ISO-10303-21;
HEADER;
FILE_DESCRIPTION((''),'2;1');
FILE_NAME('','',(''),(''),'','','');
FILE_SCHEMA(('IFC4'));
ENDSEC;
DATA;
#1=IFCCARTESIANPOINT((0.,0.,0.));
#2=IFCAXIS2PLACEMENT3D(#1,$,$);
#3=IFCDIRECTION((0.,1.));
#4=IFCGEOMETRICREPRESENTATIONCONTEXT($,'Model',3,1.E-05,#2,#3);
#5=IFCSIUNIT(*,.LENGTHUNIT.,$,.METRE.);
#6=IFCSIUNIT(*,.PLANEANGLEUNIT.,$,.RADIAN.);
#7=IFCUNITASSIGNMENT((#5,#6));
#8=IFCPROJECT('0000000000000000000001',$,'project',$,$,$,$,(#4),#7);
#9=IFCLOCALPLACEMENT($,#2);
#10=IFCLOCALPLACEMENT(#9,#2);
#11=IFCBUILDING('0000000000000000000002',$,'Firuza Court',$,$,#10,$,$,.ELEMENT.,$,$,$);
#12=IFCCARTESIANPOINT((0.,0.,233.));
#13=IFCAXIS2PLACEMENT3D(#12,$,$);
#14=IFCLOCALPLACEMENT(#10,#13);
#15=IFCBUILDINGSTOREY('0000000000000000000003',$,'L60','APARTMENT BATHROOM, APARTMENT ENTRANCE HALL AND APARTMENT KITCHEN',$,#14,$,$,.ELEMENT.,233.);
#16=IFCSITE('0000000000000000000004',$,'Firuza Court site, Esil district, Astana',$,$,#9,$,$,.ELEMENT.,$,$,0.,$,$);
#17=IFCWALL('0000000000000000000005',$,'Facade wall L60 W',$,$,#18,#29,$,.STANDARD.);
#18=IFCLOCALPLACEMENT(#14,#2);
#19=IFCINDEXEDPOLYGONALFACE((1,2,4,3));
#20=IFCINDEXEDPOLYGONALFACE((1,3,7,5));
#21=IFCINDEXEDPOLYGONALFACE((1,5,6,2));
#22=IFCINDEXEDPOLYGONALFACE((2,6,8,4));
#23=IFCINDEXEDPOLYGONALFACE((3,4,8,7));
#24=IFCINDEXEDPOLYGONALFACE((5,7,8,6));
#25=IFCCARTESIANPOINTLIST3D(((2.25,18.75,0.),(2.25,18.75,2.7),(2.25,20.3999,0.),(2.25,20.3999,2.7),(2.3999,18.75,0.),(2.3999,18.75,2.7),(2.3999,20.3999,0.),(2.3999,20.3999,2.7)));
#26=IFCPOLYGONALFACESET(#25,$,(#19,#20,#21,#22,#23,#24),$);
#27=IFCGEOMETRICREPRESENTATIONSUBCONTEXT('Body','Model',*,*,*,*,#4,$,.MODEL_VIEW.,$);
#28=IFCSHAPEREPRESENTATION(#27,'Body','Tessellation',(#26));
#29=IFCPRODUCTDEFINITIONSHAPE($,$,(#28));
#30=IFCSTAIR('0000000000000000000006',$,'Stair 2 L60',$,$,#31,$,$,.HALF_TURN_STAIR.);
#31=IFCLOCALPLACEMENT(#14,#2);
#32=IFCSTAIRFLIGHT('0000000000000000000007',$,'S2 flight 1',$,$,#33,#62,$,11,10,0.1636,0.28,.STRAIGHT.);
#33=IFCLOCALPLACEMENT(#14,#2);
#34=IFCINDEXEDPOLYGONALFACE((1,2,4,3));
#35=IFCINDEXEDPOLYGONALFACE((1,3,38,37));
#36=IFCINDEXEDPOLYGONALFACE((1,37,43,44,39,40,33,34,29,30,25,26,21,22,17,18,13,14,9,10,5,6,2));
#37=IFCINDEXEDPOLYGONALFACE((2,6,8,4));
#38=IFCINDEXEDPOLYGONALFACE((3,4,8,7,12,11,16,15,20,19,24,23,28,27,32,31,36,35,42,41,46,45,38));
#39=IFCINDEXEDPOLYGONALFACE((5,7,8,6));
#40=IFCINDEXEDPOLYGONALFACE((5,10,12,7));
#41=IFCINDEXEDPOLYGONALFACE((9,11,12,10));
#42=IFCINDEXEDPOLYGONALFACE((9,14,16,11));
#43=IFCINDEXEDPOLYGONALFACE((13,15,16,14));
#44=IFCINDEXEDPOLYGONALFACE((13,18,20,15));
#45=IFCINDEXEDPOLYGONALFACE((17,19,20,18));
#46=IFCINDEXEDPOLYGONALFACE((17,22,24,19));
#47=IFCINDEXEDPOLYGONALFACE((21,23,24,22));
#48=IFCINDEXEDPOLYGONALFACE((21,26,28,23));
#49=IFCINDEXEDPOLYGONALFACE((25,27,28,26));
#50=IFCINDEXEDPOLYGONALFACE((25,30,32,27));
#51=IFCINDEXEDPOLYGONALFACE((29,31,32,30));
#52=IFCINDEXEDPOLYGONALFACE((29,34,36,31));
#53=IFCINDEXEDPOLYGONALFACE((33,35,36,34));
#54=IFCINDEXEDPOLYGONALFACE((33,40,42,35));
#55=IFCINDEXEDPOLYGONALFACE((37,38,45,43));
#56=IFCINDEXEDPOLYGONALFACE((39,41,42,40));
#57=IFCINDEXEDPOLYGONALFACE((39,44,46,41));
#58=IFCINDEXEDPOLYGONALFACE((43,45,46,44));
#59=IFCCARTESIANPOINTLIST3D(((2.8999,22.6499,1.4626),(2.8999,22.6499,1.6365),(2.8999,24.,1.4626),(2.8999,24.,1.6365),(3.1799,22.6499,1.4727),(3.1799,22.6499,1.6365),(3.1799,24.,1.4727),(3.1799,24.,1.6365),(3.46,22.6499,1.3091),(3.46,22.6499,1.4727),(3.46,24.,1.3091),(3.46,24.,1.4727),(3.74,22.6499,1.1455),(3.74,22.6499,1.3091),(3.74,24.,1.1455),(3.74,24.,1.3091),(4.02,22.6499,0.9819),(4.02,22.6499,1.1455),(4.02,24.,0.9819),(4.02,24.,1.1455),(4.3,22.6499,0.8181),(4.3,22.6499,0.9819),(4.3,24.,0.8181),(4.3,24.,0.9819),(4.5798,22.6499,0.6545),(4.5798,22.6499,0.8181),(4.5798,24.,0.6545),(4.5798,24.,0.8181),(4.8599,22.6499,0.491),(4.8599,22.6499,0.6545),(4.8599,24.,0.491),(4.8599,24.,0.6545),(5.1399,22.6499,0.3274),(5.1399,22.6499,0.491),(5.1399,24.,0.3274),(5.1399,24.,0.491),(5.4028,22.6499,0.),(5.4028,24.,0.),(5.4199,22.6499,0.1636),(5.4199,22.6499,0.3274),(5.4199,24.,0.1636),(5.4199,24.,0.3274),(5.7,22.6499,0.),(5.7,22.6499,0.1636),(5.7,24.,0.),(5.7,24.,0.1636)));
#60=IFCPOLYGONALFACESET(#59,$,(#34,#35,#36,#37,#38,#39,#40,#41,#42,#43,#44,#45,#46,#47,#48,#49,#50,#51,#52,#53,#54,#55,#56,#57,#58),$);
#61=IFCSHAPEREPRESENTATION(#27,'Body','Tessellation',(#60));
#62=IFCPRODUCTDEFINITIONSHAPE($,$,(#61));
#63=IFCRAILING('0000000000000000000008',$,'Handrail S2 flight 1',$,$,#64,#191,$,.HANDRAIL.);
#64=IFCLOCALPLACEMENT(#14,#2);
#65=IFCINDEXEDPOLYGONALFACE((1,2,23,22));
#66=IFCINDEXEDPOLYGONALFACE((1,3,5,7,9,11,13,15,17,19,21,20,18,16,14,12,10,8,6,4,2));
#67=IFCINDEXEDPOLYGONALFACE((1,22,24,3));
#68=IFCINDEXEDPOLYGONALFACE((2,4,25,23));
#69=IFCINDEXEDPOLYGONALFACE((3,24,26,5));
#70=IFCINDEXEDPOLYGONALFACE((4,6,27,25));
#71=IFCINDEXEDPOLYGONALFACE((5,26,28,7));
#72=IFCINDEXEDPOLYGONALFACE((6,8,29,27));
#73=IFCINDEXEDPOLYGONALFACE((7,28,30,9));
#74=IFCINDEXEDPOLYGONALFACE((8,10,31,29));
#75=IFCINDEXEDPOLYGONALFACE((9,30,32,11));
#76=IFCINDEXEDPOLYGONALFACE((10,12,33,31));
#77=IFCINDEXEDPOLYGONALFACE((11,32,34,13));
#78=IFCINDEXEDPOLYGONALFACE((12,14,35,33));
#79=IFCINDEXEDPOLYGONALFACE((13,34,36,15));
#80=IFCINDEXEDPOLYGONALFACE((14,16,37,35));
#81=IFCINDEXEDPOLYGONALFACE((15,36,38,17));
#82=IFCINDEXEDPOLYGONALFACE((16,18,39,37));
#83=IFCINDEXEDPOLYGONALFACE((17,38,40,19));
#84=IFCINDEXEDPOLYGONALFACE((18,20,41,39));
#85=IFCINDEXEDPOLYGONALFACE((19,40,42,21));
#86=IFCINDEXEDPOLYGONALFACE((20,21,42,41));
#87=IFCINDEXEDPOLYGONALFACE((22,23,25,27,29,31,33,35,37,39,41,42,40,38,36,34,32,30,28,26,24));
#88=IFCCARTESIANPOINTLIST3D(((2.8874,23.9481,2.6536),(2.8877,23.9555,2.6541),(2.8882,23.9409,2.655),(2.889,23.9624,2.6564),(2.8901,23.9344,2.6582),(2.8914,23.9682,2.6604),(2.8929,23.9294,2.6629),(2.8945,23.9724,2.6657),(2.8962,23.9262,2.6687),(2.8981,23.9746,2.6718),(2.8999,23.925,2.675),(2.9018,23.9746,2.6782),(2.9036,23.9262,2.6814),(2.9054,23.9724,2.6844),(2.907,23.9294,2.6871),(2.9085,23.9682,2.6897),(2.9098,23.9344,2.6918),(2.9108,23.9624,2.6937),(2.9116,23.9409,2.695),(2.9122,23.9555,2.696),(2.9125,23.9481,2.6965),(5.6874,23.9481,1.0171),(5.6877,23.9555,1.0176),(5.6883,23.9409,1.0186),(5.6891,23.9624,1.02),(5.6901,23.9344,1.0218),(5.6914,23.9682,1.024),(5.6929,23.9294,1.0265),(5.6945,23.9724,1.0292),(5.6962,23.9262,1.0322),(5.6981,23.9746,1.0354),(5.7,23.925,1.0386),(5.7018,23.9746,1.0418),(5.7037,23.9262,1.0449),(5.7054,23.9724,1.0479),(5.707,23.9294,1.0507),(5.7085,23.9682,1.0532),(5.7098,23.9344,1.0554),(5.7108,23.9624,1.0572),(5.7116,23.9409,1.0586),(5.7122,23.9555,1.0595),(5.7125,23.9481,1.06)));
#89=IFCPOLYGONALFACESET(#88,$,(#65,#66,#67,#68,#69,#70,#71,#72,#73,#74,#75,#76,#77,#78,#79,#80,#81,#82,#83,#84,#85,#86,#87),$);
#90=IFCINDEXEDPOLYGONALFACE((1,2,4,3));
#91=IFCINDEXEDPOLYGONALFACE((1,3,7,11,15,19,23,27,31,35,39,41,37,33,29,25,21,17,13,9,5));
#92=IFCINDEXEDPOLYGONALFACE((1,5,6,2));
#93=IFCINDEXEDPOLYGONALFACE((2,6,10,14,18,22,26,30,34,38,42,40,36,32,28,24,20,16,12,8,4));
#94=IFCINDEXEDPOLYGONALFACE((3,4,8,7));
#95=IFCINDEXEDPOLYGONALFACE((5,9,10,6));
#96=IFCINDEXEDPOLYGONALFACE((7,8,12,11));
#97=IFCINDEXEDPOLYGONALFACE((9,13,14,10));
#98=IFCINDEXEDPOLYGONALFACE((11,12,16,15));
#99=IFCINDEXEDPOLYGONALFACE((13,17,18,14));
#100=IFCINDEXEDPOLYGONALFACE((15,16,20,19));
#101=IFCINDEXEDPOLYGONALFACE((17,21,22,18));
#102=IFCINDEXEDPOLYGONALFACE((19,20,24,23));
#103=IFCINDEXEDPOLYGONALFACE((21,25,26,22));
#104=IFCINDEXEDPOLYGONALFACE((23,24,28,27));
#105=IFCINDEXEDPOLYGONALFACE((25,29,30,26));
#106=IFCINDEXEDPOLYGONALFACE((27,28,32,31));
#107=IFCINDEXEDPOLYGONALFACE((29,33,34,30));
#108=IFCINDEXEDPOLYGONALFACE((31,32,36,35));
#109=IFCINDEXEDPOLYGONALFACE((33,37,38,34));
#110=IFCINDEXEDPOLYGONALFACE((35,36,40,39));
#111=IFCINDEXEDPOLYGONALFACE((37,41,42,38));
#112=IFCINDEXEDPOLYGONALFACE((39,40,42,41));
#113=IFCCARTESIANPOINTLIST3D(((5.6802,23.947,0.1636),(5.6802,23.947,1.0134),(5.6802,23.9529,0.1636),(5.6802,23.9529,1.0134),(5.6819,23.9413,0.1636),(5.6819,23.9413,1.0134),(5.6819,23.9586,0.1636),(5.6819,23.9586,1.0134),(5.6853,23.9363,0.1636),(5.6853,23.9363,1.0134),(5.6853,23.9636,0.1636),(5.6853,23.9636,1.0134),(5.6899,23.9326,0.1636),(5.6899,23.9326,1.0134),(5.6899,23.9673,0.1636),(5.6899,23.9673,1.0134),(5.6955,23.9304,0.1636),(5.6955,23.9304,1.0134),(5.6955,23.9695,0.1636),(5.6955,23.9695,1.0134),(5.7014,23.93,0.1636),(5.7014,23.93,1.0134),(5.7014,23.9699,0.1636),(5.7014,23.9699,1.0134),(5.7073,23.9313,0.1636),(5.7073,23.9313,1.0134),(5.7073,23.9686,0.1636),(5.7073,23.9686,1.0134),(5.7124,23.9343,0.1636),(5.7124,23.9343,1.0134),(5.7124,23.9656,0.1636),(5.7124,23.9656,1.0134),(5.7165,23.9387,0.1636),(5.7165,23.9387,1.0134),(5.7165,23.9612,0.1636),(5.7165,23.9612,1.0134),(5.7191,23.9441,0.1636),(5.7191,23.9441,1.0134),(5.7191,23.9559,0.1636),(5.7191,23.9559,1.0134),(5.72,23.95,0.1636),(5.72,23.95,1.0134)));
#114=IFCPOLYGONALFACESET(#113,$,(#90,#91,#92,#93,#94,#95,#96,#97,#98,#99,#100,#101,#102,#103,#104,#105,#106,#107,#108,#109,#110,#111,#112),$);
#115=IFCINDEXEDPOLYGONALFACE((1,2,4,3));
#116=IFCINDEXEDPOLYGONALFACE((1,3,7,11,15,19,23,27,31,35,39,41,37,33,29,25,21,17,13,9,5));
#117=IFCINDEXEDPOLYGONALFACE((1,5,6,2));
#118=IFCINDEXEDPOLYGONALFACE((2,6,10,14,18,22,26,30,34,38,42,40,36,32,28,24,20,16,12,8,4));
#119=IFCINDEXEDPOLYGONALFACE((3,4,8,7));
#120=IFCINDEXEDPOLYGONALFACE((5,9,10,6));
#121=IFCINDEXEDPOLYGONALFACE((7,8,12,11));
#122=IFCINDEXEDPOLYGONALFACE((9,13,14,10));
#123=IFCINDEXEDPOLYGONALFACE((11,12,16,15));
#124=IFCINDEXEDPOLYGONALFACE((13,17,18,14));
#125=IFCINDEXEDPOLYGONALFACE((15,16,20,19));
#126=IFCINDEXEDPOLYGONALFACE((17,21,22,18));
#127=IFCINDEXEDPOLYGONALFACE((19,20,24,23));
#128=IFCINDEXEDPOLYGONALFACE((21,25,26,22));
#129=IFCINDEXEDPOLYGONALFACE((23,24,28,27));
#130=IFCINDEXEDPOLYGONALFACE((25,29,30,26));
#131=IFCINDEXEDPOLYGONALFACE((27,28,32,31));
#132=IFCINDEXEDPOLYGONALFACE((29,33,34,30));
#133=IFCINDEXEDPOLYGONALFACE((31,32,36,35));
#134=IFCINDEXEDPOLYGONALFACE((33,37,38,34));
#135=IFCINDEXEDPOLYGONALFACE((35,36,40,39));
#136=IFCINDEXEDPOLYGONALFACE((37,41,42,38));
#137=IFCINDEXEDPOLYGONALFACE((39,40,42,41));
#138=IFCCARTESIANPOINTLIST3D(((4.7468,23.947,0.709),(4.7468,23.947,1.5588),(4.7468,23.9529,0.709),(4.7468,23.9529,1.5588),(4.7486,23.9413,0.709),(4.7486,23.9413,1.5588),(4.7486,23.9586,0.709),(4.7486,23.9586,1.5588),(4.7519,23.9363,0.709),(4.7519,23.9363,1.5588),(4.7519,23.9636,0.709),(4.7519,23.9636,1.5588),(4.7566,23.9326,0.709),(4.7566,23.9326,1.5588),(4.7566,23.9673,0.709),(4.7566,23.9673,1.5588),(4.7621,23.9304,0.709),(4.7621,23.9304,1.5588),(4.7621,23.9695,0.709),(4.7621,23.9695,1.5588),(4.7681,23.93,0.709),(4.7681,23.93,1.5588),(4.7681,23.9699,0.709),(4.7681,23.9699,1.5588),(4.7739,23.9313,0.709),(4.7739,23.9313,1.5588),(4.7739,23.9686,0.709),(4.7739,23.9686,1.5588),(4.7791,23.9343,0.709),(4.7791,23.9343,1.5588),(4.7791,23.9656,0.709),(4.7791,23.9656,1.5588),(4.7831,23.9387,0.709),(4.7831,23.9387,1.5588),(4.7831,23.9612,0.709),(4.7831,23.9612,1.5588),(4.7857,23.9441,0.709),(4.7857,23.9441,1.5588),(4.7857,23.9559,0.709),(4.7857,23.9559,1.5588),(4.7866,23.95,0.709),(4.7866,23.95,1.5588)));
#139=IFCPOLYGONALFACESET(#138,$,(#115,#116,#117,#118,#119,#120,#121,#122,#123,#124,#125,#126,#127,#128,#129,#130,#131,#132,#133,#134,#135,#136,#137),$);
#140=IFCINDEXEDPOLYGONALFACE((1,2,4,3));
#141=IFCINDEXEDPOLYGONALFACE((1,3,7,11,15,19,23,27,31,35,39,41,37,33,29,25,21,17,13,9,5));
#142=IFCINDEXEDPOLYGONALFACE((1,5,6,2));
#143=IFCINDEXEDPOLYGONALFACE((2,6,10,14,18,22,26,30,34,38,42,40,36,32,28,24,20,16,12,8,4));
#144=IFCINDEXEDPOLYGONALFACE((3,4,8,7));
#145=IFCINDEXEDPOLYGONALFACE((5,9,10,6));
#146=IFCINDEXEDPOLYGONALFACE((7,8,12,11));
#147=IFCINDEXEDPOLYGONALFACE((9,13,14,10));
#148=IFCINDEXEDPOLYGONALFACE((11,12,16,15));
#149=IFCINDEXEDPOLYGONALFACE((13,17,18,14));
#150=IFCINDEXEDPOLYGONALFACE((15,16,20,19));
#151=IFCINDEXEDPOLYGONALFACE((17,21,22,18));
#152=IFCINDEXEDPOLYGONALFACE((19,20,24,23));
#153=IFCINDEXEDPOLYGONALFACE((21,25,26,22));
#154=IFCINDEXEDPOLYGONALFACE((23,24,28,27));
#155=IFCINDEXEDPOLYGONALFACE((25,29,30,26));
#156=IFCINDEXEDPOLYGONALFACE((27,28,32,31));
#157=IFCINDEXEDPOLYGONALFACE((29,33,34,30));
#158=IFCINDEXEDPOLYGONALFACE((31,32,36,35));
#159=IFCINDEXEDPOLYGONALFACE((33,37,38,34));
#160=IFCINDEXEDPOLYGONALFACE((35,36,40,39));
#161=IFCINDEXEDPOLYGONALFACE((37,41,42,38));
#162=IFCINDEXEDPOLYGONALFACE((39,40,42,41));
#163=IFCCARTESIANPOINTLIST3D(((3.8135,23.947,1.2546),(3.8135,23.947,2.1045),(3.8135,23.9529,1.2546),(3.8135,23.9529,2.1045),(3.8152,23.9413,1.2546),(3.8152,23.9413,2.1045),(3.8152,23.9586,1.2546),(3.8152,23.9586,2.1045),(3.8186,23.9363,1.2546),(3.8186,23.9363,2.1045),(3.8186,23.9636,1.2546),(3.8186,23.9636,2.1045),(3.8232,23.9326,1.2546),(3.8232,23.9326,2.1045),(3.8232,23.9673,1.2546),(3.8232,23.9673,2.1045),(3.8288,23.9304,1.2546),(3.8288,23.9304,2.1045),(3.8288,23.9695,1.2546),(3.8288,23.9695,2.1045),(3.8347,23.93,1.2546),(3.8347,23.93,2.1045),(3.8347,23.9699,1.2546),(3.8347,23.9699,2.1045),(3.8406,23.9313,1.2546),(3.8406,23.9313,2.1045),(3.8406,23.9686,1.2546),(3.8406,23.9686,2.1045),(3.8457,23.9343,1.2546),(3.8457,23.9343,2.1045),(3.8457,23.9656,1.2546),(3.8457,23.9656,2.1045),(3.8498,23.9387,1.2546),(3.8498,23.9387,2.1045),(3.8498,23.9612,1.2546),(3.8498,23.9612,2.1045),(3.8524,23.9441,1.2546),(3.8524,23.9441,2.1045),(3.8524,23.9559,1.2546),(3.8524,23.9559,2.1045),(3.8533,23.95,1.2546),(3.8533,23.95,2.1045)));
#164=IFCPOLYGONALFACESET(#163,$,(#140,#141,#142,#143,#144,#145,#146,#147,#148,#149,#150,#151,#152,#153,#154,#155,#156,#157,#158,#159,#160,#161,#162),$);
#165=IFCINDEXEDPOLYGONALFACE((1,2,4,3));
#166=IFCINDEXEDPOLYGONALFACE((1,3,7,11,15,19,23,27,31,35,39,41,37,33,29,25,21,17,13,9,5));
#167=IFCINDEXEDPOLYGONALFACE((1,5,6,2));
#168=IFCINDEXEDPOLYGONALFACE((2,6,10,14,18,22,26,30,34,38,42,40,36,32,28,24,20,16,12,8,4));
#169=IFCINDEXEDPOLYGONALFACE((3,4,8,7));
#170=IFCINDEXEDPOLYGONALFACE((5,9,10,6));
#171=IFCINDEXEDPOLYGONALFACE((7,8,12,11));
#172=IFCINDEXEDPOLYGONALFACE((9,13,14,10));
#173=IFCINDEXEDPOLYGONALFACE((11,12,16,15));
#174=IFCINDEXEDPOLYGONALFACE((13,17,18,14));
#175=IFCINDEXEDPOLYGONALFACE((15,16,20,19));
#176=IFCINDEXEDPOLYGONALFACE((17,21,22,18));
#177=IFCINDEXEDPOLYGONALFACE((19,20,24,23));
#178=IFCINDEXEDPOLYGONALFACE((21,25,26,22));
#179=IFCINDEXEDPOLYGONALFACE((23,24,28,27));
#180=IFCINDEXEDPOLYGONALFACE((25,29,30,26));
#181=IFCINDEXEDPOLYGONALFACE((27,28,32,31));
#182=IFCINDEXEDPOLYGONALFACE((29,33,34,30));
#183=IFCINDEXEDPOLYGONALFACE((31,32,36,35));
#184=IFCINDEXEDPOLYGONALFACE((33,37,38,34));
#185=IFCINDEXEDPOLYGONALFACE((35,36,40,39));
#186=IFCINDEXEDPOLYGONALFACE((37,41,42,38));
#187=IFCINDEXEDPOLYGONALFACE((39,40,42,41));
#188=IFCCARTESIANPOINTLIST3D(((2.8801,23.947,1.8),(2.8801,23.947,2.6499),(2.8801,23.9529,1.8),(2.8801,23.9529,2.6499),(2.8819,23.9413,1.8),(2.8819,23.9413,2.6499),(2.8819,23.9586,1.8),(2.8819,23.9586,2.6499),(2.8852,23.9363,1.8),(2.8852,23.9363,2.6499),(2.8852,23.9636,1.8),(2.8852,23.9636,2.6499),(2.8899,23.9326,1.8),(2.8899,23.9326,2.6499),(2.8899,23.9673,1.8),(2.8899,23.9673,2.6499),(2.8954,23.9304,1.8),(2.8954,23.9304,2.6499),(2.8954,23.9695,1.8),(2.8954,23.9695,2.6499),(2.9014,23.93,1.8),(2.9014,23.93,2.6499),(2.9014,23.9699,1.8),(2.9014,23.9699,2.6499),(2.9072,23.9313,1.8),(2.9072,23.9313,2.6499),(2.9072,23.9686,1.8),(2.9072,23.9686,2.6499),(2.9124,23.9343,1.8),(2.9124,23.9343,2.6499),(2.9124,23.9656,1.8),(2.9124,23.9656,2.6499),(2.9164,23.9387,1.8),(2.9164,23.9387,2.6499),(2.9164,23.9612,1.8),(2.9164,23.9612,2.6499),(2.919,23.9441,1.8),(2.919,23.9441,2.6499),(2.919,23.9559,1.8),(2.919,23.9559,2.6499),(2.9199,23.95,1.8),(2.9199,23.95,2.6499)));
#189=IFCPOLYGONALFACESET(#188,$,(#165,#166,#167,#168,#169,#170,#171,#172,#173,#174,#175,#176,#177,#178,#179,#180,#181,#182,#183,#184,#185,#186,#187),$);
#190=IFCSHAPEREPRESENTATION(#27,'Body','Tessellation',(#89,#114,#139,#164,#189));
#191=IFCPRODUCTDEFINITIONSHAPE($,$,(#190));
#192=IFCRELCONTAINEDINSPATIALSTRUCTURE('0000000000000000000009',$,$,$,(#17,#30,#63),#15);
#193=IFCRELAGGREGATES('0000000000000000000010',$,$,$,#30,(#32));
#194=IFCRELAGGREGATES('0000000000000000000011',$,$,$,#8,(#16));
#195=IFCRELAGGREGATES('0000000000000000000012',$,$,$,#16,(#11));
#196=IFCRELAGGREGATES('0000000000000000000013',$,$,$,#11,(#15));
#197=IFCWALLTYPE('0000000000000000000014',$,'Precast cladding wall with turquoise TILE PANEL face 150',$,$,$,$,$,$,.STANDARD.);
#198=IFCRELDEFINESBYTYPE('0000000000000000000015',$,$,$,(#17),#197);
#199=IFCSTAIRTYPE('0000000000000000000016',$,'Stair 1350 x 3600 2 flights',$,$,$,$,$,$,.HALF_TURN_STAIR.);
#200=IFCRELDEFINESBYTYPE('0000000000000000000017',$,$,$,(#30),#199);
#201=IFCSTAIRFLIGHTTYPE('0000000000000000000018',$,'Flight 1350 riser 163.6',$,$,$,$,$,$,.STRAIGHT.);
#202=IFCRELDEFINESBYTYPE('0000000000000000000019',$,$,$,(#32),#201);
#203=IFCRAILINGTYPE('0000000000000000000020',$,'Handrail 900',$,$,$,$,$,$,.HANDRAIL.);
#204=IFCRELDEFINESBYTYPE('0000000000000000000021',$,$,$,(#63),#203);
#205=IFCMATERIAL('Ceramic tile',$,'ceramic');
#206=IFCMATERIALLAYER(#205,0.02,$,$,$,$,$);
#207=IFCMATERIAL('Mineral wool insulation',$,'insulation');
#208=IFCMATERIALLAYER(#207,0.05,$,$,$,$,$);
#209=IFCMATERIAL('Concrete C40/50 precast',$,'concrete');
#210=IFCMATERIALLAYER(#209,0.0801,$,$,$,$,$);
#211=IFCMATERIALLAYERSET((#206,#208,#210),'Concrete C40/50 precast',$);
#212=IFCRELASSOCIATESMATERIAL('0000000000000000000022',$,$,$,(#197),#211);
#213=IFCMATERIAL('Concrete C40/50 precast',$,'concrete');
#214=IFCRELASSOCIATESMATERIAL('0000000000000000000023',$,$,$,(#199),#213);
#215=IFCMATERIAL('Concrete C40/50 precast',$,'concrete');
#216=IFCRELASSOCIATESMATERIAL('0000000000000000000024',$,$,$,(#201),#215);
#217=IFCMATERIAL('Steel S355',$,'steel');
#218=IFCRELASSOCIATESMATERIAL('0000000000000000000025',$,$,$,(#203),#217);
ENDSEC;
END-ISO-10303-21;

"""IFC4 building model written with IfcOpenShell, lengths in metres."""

from ifc_helpers import new_model, si_unit, direction, frame, frame_2d, origin, origin_2d, place, context, subcontext, project, spatial, polyline, rectangle, circle, outline, extrude, material, layer, layer_set, type_object, element, aggregate, save


model = new_model("IFC4")

# Units and contexts
model_context = context("Model", 3, precision=1e-05, world=origin(), true_north=direction((0.0, 1.0)))
body_context = subcontext(model_context, "Body", "Model", "MODEL_VIEW")
ifc_project = project(units=[si_unit("LENGTHUNIT", "METRE"), si_unit("PLANEANGLEUNIT", "RADIAN")], contexts=[model_context])

# Site, building, storey
site_placement = place(None, origin())
site = spatial("IfcSite", under=ifc_project, at=site_placement, Name="Firuza Court site, Esil district, Astana", CompositionType="ELEMENT", RefElevation=0.0)
building_placement = place(site_placement, origin())
building = spatial("IfcBuilding", under=site, at=building_placement, Name="Firuza Court", CompositionType="ELEMENT")
storey_placement = place(building_placement, frame((0.0, 0.0, 233.0)))
storey = spatial("IfcBuildingStorey", under=building, at=storey_placement, Name="L60", Description="APARTMENT BATHROOM, APARTMENT ENTRANCE HALL AND APARTMENT KITCHEN", CompositionType="ELEMENT", Elevation=233.0)

# Wall
ifc_material_1 = material(Name="Ceramic tile", Category="ceramic")
ifc_layer_1 = layer(ifc_material_1, 0.02)
ifc_material_2 = material(Name="Mineral wool insulation", Category="insulation")
ifc_layer_2 = layer(ifc_material_2, 0.05)
ifc_material_3 = material(Name="Concrete C40/50 precast", Category="concrete")
ifc_layer_3 = layer(ifc_material_3, 0.0801)
ifc_layer_set_1 = layer_set([ifc_layer_1, ifc_layer_2, ifc_layer_3], Name="Concrete C40/50 precast")
wall_type_1 = type_object("IfcWallType", Name="Precast cladding wall with turquoise TILE PANEL face 150", PredefinedType="STANDARD", material=ifc_layer_set_1)
wall_1_placement = place(storey_placement, frame((2.325, 20.3999, 0.0), z_axis=(0.0, 0.0, 1.0), x_axis=(0.0, -1.0, 0.0)))
element("IfcWall", 1, at=wall_1_placement, inside=storey, type_object=wall_type_1, Name="Facade wall L60 W", PredefinedType="STANDARD", context=body_context, shape_type="SweptSolid", body=[
    extrude(rectangle(XDim=1.6499, YDim=0.1499, at=frame_2d((0.825, 0.0))), origin(), (0.0, 0.0, 1.0), 2.7),
])

# Stair, stair flight
ifc_material_4 = material(Name="Concrete C40/50 precast", Category="concrete")
stair_type = type_object("IfcStairType", Name="Stair 1350 x 3600 2 flights", PredefinedType="HALF_TURN_STAIR", material=ifc_material_4)
stair_placement = place(storey_placement, origin())
stair = element("IfcStair", 2, at=stair_placement, inside=storey, type_object=stair_type, Name="Stair 2 L60", PredefinedType="HALF_TURN_STAIR")
ifc_material_5 = material(Name="Concrete C40/50 precast", Category="concrete")
stair_flight_type = type_object("IfcStairFlightType", Name="Flight 1350 riser 163.6", PredefinedType="STRAIGHT", material=ifc_material_5)
stair_flight_placement = place(storey_placement, frame((5.7, 23.325, 0.0), z_axis=(0.0, 0.0, 1.0), x_axis=(-1.0, 0.0, 0.0)))
stair_flight = element("IfcStairFlight", 3, at=stair_flight_placement, type_object=stair_flight_type, Name="S2 flight 1", NumberOfRisers=11, NumberOfTreads=10, PredefinedType="STRAIGHT", RiserHeight=0.1636, TreadLength=0.28, context=body_context, shape_type="SweptSolid", body=[
    extrude(outline(polyline([(0.0, 0.0), (0.0, 0.1636), (0.28, 0.1636), (0.28, 0.3274), (0.5601, 0.3274), (0.5601, 0.491), (0.8401, 0.491), (0.8401, 0.6545), (1.1201, 0.6545), (1.1201, 0.8181), (1.3999, 0.8181), (1.3999, 0.9819), (1.6799, 0.9819), (1.6799, 1.1455), (1.96, 1.1455), (1.96, 1.3091), (2.24, 1.3091), (2.24, 1.4727), (2.52, 1.4727), (2.52, 1.6365), (2.8, 1.6365), (2.8, 1.8), (2.8, 1.4626), (0.2971, 0.0), (0.0, 0.0)])), frame((0.0, 0.675, 0.0), z_axis=(0.0, -1.0, 0.0), x_axis=(1.0, 0.0, 0.0)), (0.0, 0.0, 1.0), 1.3501),
])
aggregate(stair, [stair_flight])

# Railing
ifc_material_6 = material(Name="Steel S355", Category="steel")
railing_type_1 = type_object("IfcRailingType", Name="Handrail 900", PredefinedType="HANDRAIL", material=ifc_material_6)
railing_1_placement = place(storey_placement, frame((5.7, 23.95, 0.1636)))
element("IfcRailing", 4, at=railing_1_placement, inside=storey, type_object=railing_type_1, Name="Handrail S2 flight 1", PredefinedType="HANDRAIL", context=body_context, shape_type="SweptSolid", body=[
    extrude(circle(Radius=0.0249, at=origin_2d()), frame((0.0, 0.0, 0.875), z_axis=(-0.863361, 0.0, 0.504587), x_axis=(0.0, -1.0, 0.0)), (0.0, 0.0, 1.0), 3.2432),
    extrude(circle(Radius=0.02, at=origin_2d()), origin(), (0.0, 0.0, 1.0), 0.8499),
    extrude(circle(Radius=0.02, at=origin_2d()), frame((-0.9333, 0.0, 0.5454)), (0.0, 0.0, 1.0), 0.8499),
    extrude(circle(Radius=0.02, at=origin_2d()), frame((-1.8667, 0.0, 1.0911)), (0.0, 0.0, 1.0), 0.8499),
    extrude(circle(Radius=0.02, at=origin_2d()), frame((-2.8, 0.0, 1.6365)), (0.0, 0.0, 1.0), 0.8499),
])

save(model, "model.ifc")
